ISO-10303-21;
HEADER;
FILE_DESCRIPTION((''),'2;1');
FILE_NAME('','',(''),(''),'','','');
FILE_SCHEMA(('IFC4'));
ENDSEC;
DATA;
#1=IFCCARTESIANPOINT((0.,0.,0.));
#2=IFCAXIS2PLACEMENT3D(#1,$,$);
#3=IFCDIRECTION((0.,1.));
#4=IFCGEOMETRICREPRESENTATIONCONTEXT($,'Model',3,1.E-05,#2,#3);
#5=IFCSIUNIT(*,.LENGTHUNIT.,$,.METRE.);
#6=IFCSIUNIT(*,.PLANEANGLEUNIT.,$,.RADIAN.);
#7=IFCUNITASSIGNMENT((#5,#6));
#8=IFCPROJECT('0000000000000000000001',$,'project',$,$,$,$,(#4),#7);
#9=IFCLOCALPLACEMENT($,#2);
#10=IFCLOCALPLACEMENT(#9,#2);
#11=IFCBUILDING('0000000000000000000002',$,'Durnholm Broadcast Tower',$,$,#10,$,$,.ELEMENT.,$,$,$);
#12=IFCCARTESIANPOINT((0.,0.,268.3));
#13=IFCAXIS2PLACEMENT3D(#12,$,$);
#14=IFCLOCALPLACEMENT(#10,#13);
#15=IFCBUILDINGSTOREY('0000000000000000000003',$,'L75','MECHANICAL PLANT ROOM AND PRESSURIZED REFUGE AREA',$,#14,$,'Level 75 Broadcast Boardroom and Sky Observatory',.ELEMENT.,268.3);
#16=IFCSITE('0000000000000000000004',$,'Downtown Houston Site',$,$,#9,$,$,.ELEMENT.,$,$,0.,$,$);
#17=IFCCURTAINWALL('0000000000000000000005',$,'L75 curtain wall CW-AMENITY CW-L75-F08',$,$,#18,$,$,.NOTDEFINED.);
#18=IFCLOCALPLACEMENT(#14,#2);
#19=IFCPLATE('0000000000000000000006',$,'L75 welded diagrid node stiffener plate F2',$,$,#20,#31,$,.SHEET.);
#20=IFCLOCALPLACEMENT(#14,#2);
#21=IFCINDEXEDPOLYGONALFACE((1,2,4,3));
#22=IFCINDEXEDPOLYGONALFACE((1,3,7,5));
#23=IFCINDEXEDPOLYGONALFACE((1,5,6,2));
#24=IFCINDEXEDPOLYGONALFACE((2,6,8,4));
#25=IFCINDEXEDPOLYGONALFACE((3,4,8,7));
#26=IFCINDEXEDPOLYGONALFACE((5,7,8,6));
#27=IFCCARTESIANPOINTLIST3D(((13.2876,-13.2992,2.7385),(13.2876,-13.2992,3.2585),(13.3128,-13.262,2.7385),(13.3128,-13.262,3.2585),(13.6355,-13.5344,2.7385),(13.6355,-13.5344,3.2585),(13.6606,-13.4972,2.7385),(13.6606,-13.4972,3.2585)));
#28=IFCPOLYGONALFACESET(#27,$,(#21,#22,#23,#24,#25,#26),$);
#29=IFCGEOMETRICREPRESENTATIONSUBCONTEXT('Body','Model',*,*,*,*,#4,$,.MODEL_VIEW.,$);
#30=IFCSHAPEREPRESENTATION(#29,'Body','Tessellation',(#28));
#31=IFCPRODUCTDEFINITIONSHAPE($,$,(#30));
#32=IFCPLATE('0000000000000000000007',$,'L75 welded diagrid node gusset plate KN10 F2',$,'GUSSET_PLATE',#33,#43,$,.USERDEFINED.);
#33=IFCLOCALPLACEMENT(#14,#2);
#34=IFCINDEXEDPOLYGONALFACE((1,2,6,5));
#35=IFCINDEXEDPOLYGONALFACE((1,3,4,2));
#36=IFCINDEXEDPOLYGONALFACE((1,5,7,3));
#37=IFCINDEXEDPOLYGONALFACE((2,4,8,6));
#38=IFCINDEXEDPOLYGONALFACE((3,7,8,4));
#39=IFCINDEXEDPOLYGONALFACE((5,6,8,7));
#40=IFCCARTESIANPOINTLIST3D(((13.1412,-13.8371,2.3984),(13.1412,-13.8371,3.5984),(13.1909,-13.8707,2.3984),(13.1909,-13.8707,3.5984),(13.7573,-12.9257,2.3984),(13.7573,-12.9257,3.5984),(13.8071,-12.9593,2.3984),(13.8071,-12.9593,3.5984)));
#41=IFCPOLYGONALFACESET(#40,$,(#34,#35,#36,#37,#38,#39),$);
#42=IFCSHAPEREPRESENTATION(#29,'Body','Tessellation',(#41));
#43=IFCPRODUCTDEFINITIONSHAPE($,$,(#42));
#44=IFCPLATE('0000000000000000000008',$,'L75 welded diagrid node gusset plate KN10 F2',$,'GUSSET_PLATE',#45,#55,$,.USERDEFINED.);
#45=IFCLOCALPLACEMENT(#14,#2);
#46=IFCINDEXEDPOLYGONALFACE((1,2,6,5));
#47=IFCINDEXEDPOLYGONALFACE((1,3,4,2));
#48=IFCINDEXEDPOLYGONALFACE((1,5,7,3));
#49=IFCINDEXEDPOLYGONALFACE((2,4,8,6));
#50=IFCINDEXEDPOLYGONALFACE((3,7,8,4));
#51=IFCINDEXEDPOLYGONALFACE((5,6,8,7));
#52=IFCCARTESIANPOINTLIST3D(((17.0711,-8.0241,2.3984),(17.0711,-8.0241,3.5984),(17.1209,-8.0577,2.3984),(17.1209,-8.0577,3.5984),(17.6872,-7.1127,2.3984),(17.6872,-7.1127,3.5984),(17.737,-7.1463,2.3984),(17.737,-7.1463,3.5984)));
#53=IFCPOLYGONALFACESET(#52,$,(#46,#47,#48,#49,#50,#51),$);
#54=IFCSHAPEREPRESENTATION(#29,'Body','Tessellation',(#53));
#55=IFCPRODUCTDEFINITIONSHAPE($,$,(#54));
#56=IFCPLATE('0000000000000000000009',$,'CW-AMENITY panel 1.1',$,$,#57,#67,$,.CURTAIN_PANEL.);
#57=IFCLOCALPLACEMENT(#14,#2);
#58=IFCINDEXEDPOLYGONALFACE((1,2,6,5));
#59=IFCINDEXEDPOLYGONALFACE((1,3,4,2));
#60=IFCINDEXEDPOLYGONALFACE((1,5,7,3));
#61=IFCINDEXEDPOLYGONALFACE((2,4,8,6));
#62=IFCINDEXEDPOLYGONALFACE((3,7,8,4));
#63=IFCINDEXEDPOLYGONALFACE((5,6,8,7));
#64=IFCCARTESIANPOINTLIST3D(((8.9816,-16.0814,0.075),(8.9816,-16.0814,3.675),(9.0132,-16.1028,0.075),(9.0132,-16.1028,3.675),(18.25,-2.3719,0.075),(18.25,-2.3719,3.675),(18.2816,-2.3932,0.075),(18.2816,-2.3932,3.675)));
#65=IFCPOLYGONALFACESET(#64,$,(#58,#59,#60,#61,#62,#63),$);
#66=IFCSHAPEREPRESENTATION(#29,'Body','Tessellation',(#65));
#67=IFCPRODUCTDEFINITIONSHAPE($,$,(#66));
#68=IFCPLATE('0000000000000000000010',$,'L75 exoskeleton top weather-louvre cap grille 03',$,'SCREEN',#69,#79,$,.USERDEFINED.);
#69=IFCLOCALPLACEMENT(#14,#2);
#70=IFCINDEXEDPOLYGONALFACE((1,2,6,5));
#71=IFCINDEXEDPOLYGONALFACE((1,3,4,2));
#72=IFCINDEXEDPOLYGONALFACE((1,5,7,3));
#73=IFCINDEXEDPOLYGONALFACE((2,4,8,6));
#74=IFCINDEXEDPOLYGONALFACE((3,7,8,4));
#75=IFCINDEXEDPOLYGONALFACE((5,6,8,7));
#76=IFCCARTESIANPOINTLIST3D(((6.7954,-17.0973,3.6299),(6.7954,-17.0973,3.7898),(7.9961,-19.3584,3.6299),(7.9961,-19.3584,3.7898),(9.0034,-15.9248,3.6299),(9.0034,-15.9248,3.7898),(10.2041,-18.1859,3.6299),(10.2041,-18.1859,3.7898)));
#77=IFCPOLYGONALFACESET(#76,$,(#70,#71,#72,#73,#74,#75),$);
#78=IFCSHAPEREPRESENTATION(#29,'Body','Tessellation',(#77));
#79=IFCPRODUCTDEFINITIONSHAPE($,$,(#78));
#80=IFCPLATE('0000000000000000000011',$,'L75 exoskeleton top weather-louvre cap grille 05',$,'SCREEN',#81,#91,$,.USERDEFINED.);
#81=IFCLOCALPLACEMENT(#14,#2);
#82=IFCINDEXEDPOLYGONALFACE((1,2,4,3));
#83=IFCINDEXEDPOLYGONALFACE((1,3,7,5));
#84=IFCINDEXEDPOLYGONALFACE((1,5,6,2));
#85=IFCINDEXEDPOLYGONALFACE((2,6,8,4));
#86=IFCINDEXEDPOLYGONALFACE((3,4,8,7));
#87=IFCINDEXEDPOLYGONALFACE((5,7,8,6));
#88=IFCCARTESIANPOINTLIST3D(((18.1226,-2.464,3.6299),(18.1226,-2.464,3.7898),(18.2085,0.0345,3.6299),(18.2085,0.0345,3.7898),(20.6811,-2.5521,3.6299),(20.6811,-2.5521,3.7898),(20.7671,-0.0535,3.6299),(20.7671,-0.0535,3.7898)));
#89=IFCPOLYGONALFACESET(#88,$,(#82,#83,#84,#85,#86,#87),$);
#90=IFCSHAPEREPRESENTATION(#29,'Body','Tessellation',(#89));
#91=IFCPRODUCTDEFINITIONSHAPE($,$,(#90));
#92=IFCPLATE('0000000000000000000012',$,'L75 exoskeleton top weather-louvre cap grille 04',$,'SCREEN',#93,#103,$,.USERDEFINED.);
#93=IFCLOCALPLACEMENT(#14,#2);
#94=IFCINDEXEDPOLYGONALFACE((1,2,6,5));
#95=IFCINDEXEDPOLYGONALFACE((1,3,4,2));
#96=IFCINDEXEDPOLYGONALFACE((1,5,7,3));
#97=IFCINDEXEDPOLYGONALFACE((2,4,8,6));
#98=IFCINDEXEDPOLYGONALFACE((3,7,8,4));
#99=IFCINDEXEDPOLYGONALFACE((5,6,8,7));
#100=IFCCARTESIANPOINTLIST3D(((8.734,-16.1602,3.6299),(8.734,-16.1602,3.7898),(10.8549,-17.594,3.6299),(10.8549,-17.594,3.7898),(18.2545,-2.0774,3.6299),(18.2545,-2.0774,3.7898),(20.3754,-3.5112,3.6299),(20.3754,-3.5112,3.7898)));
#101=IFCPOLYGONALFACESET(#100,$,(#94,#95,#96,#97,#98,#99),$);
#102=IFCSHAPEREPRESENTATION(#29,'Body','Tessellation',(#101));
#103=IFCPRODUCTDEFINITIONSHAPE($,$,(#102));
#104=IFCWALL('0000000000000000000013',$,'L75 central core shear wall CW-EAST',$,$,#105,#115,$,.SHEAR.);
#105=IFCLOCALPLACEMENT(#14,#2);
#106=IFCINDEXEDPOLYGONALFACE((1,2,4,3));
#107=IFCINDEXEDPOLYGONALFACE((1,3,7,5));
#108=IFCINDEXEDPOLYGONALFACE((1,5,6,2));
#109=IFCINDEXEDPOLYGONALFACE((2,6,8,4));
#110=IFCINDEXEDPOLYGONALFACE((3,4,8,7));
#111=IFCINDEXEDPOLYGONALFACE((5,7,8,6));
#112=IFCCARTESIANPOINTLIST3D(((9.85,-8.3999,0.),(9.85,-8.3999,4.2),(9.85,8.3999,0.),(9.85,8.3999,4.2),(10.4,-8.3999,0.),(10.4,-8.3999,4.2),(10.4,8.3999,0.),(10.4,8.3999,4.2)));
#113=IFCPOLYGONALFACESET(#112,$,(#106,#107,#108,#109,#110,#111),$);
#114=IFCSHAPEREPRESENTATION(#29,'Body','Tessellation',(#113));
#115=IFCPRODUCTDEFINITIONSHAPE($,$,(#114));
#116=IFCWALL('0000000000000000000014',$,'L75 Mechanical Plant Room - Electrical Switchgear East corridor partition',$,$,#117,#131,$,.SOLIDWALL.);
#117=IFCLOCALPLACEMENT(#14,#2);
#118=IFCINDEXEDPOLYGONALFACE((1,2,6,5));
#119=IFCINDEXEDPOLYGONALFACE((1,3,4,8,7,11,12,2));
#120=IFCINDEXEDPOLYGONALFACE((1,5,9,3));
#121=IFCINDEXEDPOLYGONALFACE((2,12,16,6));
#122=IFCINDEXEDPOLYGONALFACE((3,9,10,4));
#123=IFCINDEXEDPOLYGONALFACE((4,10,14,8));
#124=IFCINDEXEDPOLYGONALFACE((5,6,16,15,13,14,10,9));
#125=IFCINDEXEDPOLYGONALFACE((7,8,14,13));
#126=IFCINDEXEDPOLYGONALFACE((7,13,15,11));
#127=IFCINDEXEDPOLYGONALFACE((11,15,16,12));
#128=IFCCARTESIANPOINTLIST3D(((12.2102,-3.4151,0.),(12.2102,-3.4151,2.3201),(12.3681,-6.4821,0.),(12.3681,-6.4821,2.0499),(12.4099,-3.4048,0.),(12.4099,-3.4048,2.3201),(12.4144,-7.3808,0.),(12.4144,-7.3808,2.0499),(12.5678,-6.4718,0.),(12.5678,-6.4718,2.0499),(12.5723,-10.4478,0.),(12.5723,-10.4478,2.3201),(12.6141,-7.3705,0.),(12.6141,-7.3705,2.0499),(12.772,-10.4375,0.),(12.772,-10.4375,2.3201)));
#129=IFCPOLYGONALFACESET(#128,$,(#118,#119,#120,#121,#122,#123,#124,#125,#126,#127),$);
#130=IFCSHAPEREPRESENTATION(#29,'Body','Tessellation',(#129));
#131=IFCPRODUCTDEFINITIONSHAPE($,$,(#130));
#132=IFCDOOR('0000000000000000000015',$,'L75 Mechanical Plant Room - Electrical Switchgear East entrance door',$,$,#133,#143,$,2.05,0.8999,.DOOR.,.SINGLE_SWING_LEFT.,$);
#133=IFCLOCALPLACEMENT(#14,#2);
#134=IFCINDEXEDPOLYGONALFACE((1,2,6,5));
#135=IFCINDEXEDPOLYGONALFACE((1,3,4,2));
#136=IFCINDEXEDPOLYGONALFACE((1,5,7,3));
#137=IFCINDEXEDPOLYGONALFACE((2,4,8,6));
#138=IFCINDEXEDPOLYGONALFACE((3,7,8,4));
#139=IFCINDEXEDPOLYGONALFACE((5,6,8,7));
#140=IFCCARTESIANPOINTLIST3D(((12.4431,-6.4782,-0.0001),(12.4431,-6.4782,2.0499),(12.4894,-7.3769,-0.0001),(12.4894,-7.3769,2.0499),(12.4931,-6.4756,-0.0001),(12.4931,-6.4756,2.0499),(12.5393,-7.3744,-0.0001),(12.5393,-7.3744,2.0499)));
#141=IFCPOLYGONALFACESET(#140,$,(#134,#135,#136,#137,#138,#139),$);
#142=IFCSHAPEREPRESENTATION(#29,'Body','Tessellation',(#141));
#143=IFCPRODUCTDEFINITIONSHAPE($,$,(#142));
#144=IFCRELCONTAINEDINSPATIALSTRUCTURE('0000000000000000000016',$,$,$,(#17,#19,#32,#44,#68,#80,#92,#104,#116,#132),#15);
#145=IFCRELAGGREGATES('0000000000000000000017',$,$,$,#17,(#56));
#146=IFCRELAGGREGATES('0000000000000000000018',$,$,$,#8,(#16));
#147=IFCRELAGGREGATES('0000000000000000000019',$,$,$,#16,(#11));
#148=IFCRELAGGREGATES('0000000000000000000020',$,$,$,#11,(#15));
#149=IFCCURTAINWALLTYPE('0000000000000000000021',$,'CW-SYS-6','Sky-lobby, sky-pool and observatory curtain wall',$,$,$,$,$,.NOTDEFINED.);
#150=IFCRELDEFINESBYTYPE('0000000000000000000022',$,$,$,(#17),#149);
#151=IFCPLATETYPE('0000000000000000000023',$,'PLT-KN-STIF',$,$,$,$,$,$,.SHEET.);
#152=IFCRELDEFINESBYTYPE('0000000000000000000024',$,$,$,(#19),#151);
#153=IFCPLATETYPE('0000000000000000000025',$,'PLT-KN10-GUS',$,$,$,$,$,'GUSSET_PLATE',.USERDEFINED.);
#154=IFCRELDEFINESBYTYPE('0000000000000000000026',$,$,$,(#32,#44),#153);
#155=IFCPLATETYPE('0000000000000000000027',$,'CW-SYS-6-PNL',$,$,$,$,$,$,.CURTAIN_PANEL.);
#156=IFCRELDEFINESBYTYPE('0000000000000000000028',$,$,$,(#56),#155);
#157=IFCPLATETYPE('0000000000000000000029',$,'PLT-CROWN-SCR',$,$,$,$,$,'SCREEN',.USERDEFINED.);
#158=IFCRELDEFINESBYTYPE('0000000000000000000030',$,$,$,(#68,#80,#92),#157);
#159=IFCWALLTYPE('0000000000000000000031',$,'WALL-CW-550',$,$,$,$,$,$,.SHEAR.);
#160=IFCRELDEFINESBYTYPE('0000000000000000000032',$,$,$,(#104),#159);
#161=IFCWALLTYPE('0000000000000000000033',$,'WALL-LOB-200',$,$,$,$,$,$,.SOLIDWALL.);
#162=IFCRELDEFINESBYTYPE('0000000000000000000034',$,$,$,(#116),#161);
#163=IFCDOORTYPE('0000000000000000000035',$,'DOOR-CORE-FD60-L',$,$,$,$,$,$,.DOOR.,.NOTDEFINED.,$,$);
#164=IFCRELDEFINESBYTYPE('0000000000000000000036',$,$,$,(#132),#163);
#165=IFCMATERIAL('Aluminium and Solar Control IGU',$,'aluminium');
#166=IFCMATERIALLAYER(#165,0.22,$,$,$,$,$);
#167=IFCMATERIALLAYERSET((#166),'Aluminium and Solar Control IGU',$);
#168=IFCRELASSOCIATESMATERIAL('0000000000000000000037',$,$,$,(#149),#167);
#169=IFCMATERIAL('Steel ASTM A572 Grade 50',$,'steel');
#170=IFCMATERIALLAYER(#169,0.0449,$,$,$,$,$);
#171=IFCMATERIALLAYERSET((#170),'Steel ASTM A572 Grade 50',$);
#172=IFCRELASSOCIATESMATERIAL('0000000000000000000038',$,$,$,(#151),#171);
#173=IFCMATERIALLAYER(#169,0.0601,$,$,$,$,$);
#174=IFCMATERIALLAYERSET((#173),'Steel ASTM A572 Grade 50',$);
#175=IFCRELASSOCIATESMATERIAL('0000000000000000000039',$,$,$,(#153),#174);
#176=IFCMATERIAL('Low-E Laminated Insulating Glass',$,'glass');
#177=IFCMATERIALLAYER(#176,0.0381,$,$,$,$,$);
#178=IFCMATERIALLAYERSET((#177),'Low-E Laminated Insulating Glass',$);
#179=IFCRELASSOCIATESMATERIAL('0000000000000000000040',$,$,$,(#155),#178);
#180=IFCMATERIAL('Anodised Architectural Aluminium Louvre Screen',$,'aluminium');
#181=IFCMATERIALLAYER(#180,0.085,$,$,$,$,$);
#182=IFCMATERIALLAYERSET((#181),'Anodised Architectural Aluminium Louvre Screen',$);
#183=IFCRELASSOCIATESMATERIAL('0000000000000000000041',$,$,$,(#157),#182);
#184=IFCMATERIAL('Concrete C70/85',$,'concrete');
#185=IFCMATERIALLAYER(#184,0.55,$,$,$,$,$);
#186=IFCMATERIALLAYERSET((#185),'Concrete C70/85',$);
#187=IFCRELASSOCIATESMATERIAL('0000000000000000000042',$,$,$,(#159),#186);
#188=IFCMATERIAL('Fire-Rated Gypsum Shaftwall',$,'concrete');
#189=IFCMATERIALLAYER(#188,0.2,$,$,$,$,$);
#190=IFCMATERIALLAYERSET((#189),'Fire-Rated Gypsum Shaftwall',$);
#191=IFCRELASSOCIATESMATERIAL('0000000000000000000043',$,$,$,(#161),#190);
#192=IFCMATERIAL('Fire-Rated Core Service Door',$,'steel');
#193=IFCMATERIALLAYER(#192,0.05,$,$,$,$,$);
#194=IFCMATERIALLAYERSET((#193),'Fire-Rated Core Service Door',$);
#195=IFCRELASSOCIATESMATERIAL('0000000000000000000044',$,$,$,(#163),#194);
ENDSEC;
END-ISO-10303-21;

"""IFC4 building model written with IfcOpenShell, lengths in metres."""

from ifc_helpers import new_model, si_unit, direction, frame, frame_2d, origin, origin_2d, place, context, subcontext, project, spatial, rectangle, extrude, source, transform, mapped, material, layer, layer_set, type_object, type_shapes, element, fill, aggregate, save


model = new_model("IFC4")

# Units and contexts
model_context = context("Model", 3, precision=1e-05, world=origin(), true_north=direction((0.0, 1.0)))
body_context = subcontext(model_context, "Body", "Model", "MODEL_VIEW")
ifc_project = project(units=[si_unit("LENGTHUNIT", "METRE"), si_unit("PLANEANGLEUNIT", "RADIAN")], contexts=[model_context])

# Site, building, storey
site_placement = place(None, origin())
site = spatial("IfcSite", under=ifc_project, at=site_placement, Name="Downtown Houston Site", CompositionType="ELEMENT", RefElevation=0.0)
building_placement = place(site_placement, origin())
building = spatial("IfcBuilding", under=site, at=building_placement, Name="Durnholm Broadcast Tower", CompositionType="ELEMENT")
storey_placement = place(building_placement, frame((0.0, 0.0, 268.3)))
storey = spatial("IfcBuildingStorey", under=building, at=storey_placement, Name="L75", Description="MECHANICAL PLANT ROOM AND PRESSURIZED REFUGE AREA", LongName="Level 75 Broadcast Boardroom and Sky Observatory", CompositionType="ELEMENT", Elevation=268.3)

# Shared definitions
ifc_material_1 = material(Name="Concrete C70/85", Category="concrete")

# Shared definitions
ifc_material_2 = material(Name="Aluminium and Solar Control IGU", Category="aluminium")

# Curtain wall
ifc_layer_1 = layer(ifc_material_2, 0.22)
ifc_layer_set_1 = layer_set([ifc_layer_1], Name="Aluminium and Solar Control IGU")
curtain_wall_type_1 = type_object("IfcCurtainWallType", Name="CW-SYS-6", Description="Sky-lobby, sky-pool and observatory curtain wall", PredefinedType="NOTDEFINED", material=ifc_layer_set_1)
curtain_wall_1_placement = place(storey_placement, origin())
curtain_wall_1 = element("IfcCurtainWall", 1, at=curtain_wall_1_placement, inside=storey, type_object=curtain_wall_type_1, Name="L75 curtain wall CW-AMENITY CW-L75-F08", PredefinedType="NOTDEFINED")

# Plates
ifc_material_3 = material(Name="Steel ASTM A572 Grade 50", Category="steel")
ifc_layer_2 = layer(ifc_material_3, 0.0449)
ifc_layer_set_2 = layer_set([ifc_layer_2], Name="Steel ASTM A572 Grade 50")
plate_type_1 = type_object("IfcPlateType", Name="PLT-KN-STIF", PredefinedType="SHEET", material=ifc_layer_set_2)
shared_shape_1 = source(origin(), body_context, "Body", "SweptSolid", [
    extrude(rectangle(XDim=0.0449, YDim=0.4199, at=origin_2d()), origin(), (0.0, 0.0, 1.0), 0.52),
])
type_shapes(plate_type_1, [shared_shape_1])
plate_1_placement = place(storey_placement, frame((13.4741, -13.3982, 2.7385), z_axis=(0.0, 0.0, 1.0), x_axis=(0.560061, 0.828452, 0.0)))
element("IfcPlate", 2, at=plate_1_placement, inside=storey, type_object=plate_type_1, Name="L75 welded diagrid node stiffener plate F2", PredefinedType="SHEET", context=body_context, shape_type="MappedRepresentation", body=[
    mapped(shared_shape_1, transform((0.0, 0.0, 0.0), x_axis=(1.0, 0.0, 0.0), y_axis=(0.0, 1.0, 0.0), z_axis=(0.0, 0.0, 1.0), scale=1.0)),
])
ifc_layer_3 = layer(ifc_material_3, 0.0601)
ifc_layer_set_3 = layer_set([ifc_layer_3], Name="Steel ASTM A572 Grade 50")
plate_type_2 = type_object("IfcPlateType", Name="PLT-KN10-GUS", ElementType="GUSSET_PLATE", PredefinedType="USERDEFINED", material=ifc_layer_set_3)
shared_shape_2 = source(origin(), body_context, "Body", "SweptSolid", [
    extrude(rectangle(XDim=1.1001, YDim=0.0601, at=origin_2d()), origin(), (0.0, 0.0, 1.0), 1.2),
])
type_shapes(plate_type_2, [shared_shape_2])
for number, where, z_axis, x_axis, name in (
    (3, (13.4741, -13.3982, 2.3984), (0.0, 0.0, 1.0), (0.560061, 0.828452, 0.0), "L75 welded diagrid node gusset plate KN10 F2"),
    (4, (17.4041, -7.5852, 2.3984), (0.0, 0.0, 1.0), (0.560061, 0.828452, 0.0), "L75 welded diagrid node gusset plate KN10 F2"),
):
    element("IfcPlate", number, at=place(storey_placement, frame(where, z_axis=z_axis, x_axis=x_axis)), inside=storey, type_object=plate_type_2, Name=name, ObjectType="GUSSET_PLATE", PredefinedType="USERDEFINED", context=body_context, shape_type="MappedRepresentation", body=[
        mapped(shared_shape_2, transform((0.0, 0.0, 0.0), x_axis=(1.0, 0.0, 0.0), y_axis=(0.0, 1.0, 0.0), z_axis=(0.0, 0.0, 1.0), scale=1.0)),
    ])

# Plate
ifc_material_4 = material(Name="Low-E Laminated Insulating Glass", Category="glass")
ifc_layer_4 = layer(ifc_material_4, 0.0381)
ifc_layer_set_4 = layer_set([ifc_layer_4], Name="Low-E Laminated Insulating Glass")
plate_type_3 = type_object("IfcPlateType", Name="CW-SYS-6-PNL", PredefinedType="CURTAIN_PANEL", material=ifc_layer_set_4)
shared_shape_3 = source(origin(), body_context, "Body", "SweptSolid", [
    extrude(rectangle(XDim=16.5486, YDim=0.0381, at=origin_2d()), origin(), (0.0, 0.0, 1.0), 3.6001),
])
type_shapes(plate_type_3, [shared_shape_3])
plate_2_placement = place(storey_placement, frame((13.6316, -9.2373, 0.075), z_axis=(0.0, 0.0, 1.0), x_axis=(-0.560073, -0.828443, 0.0)))
plate_2 = element("IfcPlate", 5, at=plate_2_placement, type_object=plate_type_3, Name="CW-AMENITY panel 1.1", PredefinedType="CURTAIN_PANEL", context=body_context, shape_type="MappedRepresentation", body=[
    mapped(shared_shape_3, transform((0.0, 0.0, 0.0), x_axis=(1.0, 0.0, 0.0), y_axis=(0.0, 1.0, 0.0), z_axis=(0.0, 0.0, 1.0), scale=1.0)),
])
aggregate(curtain_wall_1, [plate_2])

# Plates
ifc_material_5 = material(Name="Anodised Architectural Aluminium Louvre Screen", Category="aluminium")
ifc_layer_5 = layer(ifc_material_5, 0.085)
ifc_layer_set_5 = layer_set([ifc_layer_5], Name="Anodised Architectural Aluminium Louvre Screen")
plate_type_4 = type_object("IfcPlateType", Name="PLT-CROWN-SCR", ElementType="SCREEN", PredefinedType="USERDEFINED", material=ifc_layer_set_5)
shared_shape_4 = source(origin(), body_context, "Body", "SweptSolid", [
    extrude(rectangle(XDim=2.5, YDim=2.5601, at=origin_2d()), origin(), (0.0, 0.0, 1.0), 0.1599),
])
for number, where, z_axis, x_axis, name in (
    (6, (8.4998, -17.6416, 3.6299), (0.0, 0.0, 1.0), (0.883193, 0.469009, 0.0), "L75 exoskeleton top weather-louvre cap grille 03"),
    (7, (19.4448, -1.2588, 3.6299), (0.0, 0.0, 1.0), (0.034376, 0.999409, 0.0), "L75 exoskeleton top weather-louvre cap grille 05"),
):
    element("IfcPlate", number, at=place(storey_placement, frame(where, z_axis=z_axis, x_axis=x_axis)), inside=storey, type_object=plate_type_4, Name=name, ObjectType="SCREEN", PredefinedType="USERDEFINED", context=body_context, shape_type="MappedRepresentation", body=[
        mapped(shared_shape_4, transform((0.0, 0.0, 0.0), x_axis=(1.0, 0.0, 0.0), y_axis=(0.0, 1.0, 0.0), z_axis=(0.0, 0.0, 1.0), scale=1.0)),
    ])
shared_shape_5 = source(origin(), body_context, "Body", "SweptSolid", [
    extrude(rectangle(XDim=16.999, YDim=2.5601, at=origin_2d()), origin(), (0.0, 0.0, 1.0), 0.1599),
])
type_shapes(plate_type_4, [shared_shape_4, shared_shape_5])
plate_3_placement = place(storey_placement, frame((14.5547, -9.8357, 3.6299), z_axis=(0.0, 0.0, 1.0), x_axis=(0.560061, 0.828452, 0.0)))
element("IfcPlate", 8, at=plate_3_placement, inside=storey, type_object=plate_type_4, Name="L75 exoskeleton top weather-louvre cap grille 04", ObjectType="SCREEN", PredefinedType="USERDEFINED", context=body_context, shape_type="MappedRepresentation", body=[
    mapped(shared_shape_5, transform((0.0, 0.0, 0.0), x_axis=(1.0, 0.0, 0.0), y_axis=(0.0, 1.0, 0.0), z_axis=(0.0, 0.0, 1.0), scale=1.0)),
])

# Wall
ifc_layer_6 = layer(ifc_material_1, 0.55)
ifc_layer_set_6 = layer_set([ifc_layer_6], Name="Concrete C70/85")
wall_type_1 = type_object("IfcWallType", Name="WALL-CW-550", PredefinedType="SHEAR", material=ifc_layer_set_6)
wall_1_placement = place(storey_placement, frame((10.125, -8.3999, 0.0), z_axis=(0.0, 0.0, 1.0), x_axis=(0.0, 1.0, 0.0)))
element("IfcWall", 9, at=wall_1_placement, inside=storey, type_object=wall_type_1, Name="L75 central core shear wall CW-EAST", PredefinedType="SHEAR", context=body_context, shape_type="SweptSolid", body=[
    extrude(rectangle(XDim=16.7998, YDim=0.55, at=frame_2d((8.3999, 0.0))), origin(), (0.0, 0.0, 1.0), 4.2),
])

# Wall, opening, door
ifc_material_6 = material(Name="Fire-Rated Gypsum Shaftwall", Category="concrete")
ifc_layer_7 = layer(ifc_material_6, 0.2)
ifc_layer_set_7 = layer_set([ifc_layer_7], Name="Fire-Rated Gypsum Shaftwall")
wall_type_2 = type_object("IfcWallType", Name="WALL-LOB-200", PredefinedType="SOLIDWALL", material=ifc_layer_set_7)
wall_2_placement = place(storey_placement, frame((12.6721, -10.4426, 0.0), z_axis=(0.0, 0.0, 1.0), x_axis=(-0.051414, 0.998677, 0.0)))
wall_2 = element("IfcWall", 10, at=wall_2_placement, inside=storey, type_object=wall_type_2, Name="L75 Mechanical Plant Room - Electrical Switchgear East corridor partition", PredefinedType="SOLIDWALL", context=body_context, shape_type="SweptSolid", body=[
    extrude(rectangle(XDim=7.042, YDim=0.2, at=frame_2d((3.521, 0.0))), origin(), (0.0, 0.0, 1.0), 2.3201),
])
opening_1_placement = place(wall_2_placement, frame((3.071, 0.0, 0.0)))
opening_1 = element("IfcOpeningElement", 11, at=opening_1_placement, cuts=wall_2, PredefinedType="OPENING", context=body_context, shape_type="SweptSolid", body=[
    extrude(rectangle(XDim=0.8999, YDim=2.05, at=frame_2d((0.45, 1.0249))), frame((0.0, 0.1099, 0.0), z_axis=(0.0, -1.0, 0.0), x_axis=(1.0, 0.0, 0.0)), (0.0, 0.0, 1.0), 0.22),
])
ifc_material_7 = material(Name="Fire-Rated Core Service Door", Category="steel")
ifc_layer_8 = layer(ifc_material_7, 0.05)
ifc_layer_set_8 = layer_set([ifc_layer_8], Name="Fire-Rated Core Service Door")
door_type_1 = type_object("IfcDoorType", Name="DOOR-CORE-FD60-L", OperationType="NOTDEFINED", PredefinedType="DOOR", material=ifc_layer_set_8)
shared_shape_6 = source(origin(), body_context, "Body", "SweptSolid", [
    extrude(rectangle(XDim=0.8999, YDim=2.05, at=frame_2d((0.45, 1.0249))), frame((0.0, 0.0249, 0.0), z_axis=(0.0, -1.0, 0.0), x_axis=(1.0, 0.0, 0.0)), (0.0, 0.0, 1.0), 0.05),
])
type_shapes(door_type_1, [shared_shape_6])
door_1_placement = place(opening_1_placement, origin())
door_1 = element("IfcDoor", 12, at=door_1_placement, inside=storey, type_object=door_type_1, Name="L75 Mechanical Plant Room - Electrical Switchgear East entrance door", OperationType="SINGLE_SWING_LEFT", OverallHeight=2.05, OverallWidth=0.8999, PredefinedType="DOOR", context=body_context, shape_type="MappedRepresentation", body=[
    mapped(shared_shape_6, transform((0.0, 0.0, 0.0), x_axis=(1.0, 0.0, 0.0), y_axis=(0.0, 1.0, 0.0), z_axis=(0.0, 0.0, 1.0), scale=1.0)),
])
fill(opening_1, door_1)

save(model, "model.ifc")
